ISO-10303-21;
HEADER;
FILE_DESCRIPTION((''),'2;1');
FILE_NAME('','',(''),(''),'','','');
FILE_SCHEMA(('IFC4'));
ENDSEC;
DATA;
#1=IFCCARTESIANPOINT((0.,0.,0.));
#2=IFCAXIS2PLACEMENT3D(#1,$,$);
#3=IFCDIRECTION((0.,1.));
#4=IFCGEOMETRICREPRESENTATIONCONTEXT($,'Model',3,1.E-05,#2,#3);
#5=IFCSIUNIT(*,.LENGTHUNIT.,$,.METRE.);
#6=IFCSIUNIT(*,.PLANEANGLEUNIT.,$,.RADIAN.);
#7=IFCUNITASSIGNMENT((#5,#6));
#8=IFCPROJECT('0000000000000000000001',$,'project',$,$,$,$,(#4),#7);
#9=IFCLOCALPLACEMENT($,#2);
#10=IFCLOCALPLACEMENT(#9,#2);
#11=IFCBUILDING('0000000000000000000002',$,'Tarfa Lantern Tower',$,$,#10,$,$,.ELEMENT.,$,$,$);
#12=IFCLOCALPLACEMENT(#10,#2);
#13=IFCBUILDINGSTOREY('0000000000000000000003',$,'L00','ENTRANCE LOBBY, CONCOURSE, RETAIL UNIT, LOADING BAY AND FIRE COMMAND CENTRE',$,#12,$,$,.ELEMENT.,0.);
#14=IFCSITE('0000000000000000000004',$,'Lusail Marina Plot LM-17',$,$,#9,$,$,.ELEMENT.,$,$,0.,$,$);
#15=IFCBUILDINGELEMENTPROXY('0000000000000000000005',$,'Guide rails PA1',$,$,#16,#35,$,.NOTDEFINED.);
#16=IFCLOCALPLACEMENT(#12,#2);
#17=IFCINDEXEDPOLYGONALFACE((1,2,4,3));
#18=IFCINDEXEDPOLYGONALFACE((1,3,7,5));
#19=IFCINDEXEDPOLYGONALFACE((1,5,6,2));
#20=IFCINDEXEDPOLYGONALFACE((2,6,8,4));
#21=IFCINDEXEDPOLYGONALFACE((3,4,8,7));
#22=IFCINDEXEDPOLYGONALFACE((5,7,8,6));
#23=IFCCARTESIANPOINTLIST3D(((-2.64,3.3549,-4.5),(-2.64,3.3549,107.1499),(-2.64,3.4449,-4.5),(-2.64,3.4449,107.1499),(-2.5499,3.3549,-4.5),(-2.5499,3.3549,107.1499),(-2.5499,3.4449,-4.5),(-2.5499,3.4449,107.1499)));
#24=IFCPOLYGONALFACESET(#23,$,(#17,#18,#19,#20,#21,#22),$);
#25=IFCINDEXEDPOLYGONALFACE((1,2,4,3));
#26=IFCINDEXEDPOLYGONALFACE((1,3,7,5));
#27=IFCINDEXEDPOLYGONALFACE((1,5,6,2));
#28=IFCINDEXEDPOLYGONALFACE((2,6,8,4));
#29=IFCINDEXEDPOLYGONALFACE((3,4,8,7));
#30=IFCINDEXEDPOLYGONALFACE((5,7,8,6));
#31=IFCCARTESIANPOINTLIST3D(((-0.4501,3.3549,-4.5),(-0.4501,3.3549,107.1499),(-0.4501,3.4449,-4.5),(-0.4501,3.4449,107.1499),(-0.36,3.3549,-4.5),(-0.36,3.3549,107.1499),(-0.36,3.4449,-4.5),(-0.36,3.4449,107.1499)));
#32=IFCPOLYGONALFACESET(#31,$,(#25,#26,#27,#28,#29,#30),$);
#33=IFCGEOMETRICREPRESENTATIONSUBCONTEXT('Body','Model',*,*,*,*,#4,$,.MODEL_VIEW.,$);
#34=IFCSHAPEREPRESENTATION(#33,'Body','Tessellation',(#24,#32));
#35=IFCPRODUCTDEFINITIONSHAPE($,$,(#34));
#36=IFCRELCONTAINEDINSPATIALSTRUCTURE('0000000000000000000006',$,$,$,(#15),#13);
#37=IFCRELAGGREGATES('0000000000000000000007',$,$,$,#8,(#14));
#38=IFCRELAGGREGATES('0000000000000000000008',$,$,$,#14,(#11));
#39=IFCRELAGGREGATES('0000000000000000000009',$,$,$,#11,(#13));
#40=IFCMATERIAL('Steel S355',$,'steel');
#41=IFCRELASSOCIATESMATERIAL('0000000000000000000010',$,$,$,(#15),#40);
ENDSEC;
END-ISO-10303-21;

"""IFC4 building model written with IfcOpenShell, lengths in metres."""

from ifc_helpers import new_model, si_unit, direction, frame, frame_2d, origin, origin_2d, place, context, subcontext, project, spatial, rectangle, extrude, material, element, save


model = new_model("IFC4")

# Units and contexts
model_context = context("Model", 3, precision=1e-05, world=origin(), true_north=direction((0.0, 1.0)))
body_context = subcontext(model_context, "Body", "Model", "MODEL_VIEW")
ifc_project = project(units=[si_unit("LENGTHUNIT", "METRE"), si_unit("PLANEANGLEUNIT", "RADIAN")], contexts=[model_context])

# Site, building, storey
site_placement = place(None, origin())
site = spatial("IfcSite", under=ifc_project, at=site_placement, Name="Lusail Marina Plot LM-17", CompositionType="ELEMENT", RefElevation=0.0)
building_placement = place(site_placement, origin())
building = spatial("IfcBuilding", under=site, at=building_placement, Name="Tarfa Lantern Tower", CompositionType="ELEMENT")
storey_placement = place(building_placement, origin())
storey = spatial("IfcBuildingStorey", under=building, at=storey_placement, Name="L00", Description="ENTRANCE LOBBY, CONCOURSE, RETAIL UNIT, LOADING BAY AND FIRE COMMAND CENTRE", CompositionType="ELEMENT", Elevation=0.0)

# Building element proxy
ifc_material_1 = material(Name="Steel S355", Category="steel")
proxy_placement = place(storey_placement, frame((-2.595, 3.3999, -4.5), z_axis=(0.0, 0.0, 1.0), x_axis=(1.0, 0.0, 0.0)))
element("IfcBuildingElementProxy", 1, at=proxy_placement, inside=storey, material=ifc_material_1, Name="Guide rails PA1", PredefinedType="NOTDEFINED", context=body_context, shape_type="SweptSolid", body=[
    extrude(rectangle(XDim=0.0901, YDim=0.0901, at=origin_2d()), origin(), (0.0, 0.0, 1.0), 111.6499),
    extrude(rectangle(XDim=0.0901, YDim=0.0901, at=frame_2d((2.1899, 0.0))), origin(), (0.0, 0.0, 1.0), 111.6499),
])

save(model, "model.ifc")
